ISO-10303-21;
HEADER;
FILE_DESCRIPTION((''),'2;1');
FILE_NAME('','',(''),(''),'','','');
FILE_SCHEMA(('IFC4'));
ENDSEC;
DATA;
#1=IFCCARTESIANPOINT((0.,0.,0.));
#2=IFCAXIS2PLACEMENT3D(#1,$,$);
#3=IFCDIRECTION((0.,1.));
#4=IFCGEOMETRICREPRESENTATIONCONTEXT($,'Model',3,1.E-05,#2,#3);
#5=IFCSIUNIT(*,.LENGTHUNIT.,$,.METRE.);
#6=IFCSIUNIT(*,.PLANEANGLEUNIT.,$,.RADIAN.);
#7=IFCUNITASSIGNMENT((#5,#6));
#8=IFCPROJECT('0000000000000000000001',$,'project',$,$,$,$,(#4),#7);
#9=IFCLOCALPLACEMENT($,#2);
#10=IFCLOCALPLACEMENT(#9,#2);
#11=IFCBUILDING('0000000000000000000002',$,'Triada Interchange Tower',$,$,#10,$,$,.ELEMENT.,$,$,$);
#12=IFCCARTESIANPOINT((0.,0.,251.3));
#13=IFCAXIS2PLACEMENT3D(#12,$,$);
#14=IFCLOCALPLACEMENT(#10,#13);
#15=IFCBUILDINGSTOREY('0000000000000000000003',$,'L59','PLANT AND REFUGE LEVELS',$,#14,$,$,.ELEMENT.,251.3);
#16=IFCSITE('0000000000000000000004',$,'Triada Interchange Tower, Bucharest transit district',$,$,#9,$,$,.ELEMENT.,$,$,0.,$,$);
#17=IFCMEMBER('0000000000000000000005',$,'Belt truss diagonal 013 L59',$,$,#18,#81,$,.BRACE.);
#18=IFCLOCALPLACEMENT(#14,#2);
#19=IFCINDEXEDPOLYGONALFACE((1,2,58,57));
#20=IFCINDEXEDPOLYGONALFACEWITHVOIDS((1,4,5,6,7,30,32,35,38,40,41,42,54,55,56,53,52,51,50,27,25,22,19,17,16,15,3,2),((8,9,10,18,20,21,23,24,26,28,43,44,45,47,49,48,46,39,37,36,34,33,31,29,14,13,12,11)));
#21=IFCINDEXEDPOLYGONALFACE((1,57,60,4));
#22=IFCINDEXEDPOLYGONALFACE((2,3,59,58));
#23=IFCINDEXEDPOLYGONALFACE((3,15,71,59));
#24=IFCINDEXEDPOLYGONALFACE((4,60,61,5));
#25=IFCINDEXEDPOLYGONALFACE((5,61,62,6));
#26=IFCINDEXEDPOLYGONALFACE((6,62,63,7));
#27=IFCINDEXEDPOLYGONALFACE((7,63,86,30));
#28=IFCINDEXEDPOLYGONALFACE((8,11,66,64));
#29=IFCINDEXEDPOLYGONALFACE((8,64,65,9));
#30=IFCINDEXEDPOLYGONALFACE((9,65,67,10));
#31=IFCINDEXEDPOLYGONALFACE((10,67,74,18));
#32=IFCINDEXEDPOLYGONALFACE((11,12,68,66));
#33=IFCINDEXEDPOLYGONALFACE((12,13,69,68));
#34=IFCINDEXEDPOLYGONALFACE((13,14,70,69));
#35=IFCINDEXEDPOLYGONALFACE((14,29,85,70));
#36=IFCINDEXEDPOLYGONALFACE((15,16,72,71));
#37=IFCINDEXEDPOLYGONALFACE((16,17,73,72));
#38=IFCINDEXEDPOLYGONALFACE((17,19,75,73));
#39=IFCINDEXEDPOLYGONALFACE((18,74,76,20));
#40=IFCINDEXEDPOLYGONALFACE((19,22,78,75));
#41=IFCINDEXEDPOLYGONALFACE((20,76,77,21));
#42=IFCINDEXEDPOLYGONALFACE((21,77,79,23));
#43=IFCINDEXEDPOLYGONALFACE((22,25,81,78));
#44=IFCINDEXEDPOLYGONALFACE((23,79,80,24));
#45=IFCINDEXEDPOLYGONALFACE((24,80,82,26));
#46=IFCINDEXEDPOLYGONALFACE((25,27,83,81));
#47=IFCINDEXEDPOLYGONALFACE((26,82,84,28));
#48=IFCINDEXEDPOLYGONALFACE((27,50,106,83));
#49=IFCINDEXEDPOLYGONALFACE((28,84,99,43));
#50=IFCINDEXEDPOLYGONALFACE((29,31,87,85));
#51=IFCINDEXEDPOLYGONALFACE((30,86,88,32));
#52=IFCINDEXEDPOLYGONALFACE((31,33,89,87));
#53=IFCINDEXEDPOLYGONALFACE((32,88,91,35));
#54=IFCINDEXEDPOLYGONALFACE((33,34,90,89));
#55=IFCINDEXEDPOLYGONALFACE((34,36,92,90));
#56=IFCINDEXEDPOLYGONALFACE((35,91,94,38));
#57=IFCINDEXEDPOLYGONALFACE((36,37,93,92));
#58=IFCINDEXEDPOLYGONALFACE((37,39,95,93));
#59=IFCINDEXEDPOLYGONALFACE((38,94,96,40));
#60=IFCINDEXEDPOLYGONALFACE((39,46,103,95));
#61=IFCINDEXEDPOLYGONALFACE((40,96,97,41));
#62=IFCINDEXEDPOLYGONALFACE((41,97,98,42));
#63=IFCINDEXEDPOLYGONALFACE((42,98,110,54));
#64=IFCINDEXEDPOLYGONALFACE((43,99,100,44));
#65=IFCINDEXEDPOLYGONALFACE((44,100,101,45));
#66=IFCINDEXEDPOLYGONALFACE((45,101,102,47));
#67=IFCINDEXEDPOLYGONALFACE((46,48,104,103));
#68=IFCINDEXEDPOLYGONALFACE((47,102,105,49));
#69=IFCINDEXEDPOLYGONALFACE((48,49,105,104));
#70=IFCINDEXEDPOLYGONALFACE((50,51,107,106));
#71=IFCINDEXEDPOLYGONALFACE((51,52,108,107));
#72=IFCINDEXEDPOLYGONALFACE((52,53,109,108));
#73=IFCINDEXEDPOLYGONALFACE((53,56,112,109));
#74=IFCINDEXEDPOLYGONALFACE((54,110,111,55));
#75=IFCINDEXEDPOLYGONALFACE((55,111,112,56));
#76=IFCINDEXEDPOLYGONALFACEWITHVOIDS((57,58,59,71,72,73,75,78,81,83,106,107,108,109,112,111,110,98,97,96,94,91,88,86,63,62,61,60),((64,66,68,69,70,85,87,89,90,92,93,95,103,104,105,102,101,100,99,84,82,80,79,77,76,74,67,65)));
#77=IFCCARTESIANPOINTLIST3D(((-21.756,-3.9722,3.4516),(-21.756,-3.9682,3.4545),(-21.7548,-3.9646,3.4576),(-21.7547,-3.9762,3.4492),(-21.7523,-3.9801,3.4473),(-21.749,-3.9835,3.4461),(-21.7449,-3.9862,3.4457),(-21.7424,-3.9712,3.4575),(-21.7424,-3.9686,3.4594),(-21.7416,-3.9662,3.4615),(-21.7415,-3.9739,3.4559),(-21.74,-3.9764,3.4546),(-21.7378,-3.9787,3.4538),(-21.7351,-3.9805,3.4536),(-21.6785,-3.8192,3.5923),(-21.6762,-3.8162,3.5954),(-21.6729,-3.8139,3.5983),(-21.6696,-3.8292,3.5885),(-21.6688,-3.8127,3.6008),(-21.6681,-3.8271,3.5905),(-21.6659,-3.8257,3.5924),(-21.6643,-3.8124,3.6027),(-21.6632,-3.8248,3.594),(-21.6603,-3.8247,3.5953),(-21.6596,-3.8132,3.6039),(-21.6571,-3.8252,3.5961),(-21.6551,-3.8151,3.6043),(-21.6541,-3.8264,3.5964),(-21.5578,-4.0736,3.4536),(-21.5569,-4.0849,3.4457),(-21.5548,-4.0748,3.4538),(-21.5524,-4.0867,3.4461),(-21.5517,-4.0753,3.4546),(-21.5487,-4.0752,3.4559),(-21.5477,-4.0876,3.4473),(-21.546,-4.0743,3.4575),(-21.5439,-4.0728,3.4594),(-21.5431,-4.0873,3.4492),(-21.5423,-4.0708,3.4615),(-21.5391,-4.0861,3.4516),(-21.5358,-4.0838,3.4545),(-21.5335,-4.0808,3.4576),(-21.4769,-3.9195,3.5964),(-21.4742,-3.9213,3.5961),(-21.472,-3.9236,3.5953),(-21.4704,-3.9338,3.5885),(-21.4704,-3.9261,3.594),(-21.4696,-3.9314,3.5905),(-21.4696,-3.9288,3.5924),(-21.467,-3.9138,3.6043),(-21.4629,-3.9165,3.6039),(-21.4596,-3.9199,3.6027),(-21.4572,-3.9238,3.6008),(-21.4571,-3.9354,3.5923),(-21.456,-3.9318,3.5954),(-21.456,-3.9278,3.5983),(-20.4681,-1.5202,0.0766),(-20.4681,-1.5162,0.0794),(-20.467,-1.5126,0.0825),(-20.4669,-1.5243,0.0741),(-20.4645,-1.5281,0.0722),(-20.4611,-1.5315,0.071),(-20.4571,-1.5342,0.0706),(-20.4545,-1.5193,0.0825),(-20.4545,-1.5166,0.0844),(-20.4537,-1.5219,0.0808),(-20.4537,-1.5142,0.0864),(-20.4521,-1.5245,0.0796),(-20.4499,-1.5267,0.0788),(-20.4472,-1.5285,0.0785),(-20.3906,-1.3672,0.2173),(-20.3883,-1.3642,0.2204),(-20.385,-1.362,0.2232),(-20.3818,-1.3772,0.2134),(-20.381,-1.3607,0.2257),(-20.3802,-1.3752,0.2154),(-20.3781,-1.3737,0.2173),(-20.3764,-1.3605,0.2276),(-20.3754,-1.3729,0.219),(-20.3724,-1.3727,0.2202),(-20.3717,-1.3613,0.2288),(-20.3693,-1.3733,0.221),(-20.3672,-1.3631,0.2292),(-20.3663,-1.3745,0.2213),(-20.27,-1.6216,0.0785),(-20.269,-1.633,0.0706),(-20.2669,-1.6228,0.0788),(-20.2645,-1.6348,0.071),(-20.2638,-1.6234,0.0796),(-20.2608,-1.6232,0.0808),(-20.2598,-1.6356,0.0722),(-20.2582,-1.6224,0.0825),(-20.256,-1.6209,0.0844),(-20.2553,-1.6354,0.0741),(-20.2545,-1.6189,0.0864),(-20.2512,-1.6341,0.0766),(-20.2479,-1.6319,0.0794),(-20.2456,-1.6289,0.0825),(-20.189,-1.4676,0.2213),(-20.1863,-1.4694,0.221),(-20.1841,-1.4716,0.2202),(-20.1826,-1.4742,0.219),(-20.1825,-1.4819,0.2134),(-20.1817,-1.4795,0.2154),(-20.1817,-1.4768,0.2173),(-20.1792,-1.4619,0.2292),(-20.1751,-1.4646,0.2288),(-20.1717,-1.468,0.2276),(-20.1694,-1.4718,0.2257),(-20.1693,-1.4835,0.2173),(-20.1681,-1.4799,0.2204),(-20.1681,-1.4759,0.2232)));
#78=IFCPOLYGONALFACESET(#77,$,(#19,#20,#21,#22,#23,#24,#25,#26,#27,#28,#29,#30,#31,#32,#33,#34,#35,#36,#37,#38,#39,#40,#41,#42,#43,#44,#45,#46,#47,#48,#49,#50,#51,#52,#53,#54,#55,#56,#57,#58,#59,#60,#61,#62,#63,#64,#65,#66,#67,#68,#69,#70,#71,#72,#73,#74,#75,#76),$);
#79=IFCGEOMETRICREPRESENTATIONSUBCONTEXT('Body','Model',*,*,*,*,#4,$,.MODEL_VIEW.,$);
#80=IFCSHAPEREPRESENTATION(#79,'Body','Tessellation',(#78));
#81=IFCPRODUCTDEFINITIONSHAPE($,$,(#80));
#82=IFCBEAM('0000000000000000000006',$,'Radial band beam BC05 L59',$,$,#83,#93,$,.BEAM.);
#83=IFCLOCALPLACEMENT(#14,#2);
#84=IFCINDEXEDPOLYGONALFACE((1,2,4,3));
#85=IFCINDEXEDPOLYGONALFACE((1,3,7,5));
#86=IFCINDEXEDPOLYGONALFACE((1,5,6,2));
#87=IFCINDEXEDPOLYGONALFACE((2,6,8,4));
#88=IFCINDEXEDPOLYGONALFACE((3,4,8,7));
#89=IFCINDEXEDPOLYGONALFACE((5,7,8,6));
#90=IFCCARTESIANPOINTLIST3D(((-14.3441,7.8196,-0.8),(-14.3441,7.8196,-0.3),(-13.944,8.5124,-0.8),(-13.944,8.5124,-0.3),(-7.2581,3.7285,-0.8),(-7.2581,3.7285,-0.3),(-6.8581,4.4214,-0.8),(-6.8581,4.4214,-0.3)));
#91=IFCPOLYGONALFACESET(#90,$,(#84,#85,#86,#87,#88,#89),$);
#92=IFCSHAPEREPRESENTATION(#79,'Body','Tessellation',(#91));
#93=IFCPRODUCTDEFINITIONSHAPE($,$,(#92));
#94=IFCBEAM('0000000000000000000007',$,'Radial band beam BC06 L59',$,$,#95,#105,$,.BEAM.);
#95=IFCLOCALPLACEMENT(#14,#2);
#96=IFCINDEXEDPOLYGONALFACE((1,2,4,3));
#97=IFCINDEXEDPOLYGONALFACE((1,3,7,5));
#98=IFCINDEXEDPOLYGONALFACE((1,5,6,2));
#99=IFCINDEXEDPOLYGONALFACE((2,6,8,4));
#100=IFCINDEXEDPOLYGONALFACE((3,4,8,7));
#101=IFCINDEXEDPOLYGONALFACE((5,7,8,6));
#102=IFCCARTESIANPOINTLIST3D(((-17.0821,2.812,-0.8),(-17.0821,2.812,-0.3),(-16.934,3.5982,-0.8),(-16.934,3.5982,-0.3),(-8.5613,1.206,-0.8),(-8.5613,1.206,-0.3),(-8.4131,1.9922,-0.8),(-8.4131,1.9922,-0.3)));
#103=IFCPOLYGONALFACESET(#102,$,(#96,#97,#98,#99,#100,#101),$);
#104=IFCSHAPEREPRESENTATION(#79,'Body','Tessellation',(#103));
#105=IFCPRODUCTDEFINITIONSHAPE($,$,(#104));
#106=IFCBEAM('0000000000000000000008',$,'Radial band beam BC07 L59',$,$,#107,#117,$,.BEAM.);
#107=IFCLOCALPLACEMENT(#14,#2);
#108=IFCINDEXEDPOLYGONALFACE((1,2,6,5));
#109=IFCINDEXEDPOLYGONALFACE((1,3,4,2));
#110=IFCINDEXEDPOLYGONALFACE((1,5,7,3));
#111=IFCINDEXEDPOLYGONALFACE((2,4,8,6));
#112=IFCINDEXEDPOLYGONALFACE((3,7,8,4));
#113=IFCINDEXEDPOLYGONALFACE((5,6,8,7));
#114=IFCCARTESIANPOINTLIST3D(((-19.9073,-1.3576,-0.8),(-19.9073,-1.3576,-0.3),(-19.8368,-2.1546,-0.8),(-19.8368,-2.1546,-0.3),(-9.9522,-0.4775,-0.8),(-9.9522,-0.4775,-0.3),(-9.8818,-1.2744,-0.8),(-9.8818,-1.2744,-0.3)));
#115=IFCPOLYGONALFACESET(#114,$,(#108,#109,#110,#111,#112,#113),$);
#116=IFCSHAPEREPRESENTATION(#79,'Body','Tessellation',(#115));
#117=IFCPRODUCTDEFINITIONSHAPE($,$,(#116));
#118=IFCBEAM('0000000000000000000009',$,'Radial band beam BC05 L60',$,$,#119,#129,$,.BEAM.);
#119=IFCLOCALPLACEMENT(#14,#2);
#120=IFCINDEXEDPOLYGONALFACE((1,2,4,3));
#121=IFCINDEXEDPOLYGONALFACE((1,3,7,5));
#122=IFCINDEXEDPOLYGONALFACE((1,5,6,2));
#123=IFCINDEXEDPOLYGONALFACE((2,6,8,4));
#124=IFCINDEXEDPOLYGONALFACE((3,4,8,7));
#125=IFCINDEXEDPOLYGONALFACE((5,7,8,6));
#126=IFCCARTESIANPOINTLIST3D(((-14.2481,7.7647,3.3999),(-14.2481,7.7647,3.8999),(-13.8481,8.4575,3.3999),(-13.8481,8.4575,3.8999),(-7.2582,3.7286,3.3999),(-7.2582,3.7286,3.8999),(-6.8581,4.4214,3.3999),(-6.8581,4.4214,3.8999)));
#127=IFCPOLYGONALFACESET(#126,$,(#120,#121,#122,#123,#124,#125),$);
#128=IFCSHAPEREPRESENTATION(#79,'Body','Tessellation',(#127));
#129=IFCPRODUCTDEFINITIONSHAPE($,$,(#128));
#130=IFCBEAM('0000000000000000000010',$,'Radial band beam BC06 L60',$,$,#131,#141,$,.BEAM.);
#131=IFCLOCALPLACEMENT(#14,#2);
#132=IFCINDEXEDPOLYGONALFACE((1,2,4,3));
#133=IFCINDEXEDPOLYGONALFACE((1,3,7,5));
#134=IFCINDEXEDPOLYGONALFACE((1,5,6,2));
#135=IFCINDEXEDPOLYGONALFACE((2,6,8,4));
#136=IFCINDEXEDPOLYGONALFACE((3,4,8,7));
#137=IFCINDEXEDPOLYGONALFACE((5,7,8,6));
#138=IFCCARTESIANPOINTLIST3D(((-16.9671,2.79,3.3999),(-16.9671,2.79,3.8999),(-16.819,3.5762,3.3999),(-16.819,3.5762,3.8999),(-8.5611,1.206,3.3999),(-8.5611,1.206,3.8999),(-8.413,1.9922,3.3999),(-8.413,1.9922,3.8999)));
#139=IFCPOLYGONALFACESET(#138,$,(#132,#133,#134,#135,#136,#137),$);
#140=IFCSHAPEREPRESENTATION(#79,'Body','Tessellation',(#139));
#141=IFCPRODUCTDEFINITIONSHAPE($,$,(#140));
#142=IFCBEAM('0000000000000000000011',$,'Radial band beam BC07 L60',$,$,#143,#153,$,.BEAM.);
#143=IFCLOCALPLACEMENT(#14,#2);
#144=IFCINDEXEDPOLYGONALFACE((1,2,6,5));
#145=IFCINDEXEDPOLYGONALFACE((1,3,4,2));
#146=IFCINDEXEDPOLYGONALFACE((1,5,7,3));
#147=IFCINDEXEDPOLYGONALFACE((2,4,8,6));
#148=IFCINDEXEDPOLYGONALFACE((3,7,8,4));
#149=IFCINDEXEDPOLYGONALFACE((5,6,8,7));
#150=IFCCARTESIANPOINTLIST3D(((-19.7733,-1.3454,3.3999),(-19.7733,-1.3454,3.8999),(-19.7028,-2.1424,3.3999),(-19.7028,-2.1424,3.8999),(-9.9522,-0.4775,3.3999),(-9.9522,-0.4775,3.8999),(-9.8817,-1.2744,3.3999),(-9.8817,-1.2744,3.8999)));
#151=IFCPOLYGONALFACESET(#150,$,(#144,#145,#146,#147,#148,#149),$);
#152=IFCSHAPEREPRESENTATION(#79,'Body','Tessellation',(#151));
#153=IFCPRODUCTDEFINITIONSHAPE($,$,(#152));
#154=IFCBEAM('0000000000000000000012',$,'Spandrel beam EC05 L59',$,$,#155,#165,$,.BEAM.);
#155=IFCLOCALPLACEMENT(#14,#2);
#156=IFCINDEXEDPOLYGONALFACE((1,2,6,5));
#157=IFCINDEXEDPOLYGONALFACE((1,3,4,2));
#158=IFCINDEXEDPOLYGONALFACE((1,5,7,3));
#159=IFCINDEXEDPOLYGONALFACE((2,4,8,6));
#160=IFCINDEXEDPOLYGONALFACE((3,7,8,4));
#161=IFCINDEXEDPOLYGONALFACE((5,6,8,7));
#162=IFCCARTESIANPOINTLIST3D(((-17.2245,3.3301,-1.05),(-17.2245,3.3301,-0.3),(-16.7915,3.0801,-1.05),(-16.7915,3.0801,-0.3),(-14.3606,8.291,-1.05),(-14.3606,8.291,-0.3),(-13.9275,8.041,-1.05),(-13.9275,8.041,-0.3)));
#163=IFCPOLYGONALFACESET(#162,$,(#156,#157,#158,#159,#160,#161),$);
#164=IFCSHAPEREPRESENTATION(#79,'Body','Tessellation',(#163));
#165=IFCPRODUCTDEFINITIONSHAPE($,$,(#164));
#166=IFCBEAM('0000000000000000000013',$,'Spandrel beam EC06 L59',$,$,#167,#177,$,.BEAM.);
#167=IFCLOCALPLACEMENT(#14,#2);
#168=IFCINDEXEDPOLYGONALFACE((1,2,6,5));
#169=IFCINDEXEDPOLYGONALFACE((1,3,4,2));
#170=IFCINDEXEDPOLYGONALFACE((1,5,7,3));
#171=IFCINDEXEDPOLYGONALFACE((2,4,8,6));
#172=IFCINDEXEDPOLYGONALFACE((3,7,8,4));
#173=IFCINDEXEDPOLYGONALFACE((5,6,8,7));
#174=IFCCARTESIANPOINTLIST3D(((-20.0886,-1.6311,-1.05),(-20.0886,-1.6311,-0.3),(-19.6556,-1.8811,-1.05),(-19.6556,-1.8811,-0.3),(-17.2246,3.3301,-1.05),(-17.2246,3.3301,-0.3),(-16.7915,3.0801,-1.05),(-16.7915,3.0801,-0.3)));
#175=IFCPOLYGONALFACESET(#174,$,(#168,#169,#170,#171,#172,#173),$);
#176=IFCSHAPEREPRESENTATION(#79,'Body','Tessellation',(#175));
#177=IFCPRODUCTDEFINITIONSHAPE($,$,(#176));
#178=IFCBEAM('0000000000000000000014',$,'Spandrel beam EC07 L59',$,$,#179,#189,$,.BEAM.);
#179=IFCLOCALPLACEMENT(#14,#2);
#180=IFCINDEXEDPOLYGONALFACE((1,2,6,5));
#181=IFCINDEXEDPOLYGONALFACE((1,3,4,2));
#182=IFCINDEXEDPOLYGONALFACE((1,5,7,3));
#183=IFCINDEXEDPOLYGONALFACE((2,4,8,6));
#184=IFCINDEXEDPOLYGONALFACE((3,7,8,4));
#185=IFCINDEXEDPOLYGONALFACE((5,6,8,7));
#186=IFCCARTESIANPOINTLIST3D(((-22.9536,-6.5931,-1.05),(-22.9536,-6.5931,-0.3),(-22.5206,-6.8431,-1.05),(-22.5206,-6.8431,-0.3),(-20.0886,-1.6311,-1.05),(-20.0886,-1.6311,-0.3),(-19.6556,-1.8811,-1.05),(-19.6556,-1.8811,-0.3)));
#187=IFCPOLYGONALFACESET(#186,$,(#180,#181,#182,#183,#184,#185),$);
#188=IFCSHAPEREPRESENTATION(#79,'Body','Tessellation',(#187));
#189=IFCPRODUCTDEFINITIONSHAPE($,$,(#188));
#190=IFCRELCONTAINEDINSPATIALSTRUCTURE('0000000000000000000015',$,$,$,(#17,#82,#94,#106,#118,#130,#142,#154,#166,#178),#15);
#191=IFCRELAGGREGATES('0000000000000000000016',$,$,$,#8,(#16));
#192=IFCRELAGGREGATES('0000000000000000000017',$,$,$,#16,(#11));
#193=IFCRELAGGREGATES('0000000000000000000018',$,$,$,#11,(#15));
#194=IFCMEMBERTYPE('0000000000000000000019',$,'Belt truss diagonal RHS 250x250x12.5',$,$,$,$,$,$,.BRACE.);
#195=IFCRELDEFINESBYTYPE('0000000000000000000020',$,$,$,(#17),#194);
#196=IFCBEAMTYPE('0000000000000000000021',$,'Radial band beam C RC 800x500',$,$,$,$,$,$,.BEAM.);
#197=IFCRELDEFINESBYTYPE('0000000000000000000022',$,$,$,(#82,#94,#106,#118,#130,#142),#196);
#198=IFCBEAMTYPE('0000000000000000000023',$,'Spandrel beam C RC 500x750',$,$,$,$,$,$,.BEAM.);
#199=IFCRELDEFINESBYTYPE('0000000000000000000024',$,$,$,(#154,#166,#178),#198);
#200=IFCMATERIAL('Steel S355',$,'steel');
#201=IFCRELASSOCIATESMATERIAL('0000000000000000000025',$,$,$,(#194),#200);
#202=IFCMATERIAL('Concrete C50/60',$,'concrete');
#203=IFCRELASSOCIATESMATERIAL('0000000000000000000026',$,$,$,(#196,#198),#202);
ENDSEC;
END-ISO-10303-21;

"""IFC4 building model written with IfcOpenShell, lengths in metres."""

from ifc_helpers import new_model, si_unit, direction, frame, origin, origin_2d, place, context, subcontext, project, spatial, rectangle, hollow_rectangle, extrude, material, material_profile, profile_set, type_object, element, save


model = new_model("IFC4")

# Units and contexts
model_context = context("Model", 3, precision=1e-05, world=origin(), true_north=direction((0.0, 1.0)))
body_context = subcontext(model_context, "Body", "Model", "MODEL_VIEW")
ifc_project = project(units=[si_unit("LENGTHUNIT", "METRE"), si_unit("PLANEANGLEUNIT", "RADIAN")], contexts=[model_context])

# Site, building, storey
site_placement = place(None, origin())
site = spatial("IfcSite", under=ifc_project, at=site_placement, Name="Triada Interchange Tower, Bucharest transit district", CompositionType="ELEMENT", RefElevation=0.0)
building_placement = place(site_placement, origin())
building = spatial("IfcBuilding", under=site, at=building_placement, Name="Triada Interchange Tower", CompositionType="ELEMENT")
storey_placement = place(building_placement, frame((0.0, 0.0, 251.3)))
storey = spatial("IfcBuildingStorey", under=building, at=storey_placement, Name="L59", Description="PLANT AND REFUGE LEVELS", CompositionType="ELEMENT", Elevation=251.3)

# Shared definitions
ifc_material_1 = material(Name="Concrete C50/60", Category="concrete")

# Member
ifc_material_2 = material(Name="Steel S355", Category="steel")
ifc_material_profile_1 = material_profile(ifc_material_2, hollow_rectangle(XDim=0.25, YDim=0.25, WallThickness=0.0125, InnerFilletRadius=0.0125, OuterFilletRadius=0.0188, at=origin_2d()), Name="RHS 250x250x12.5")
ifc_profile_set_1 = profile_set([ifc_material_profile_1], Name="Steel S355")
member_type = type_object("IfcMemberType", Name="Belt truss diagonal RHS 250x250x12.5", PredefinedType="BRACE", material=ifc_profile_set_1)
member_1_placement = place(storey_placement, frame((-20.3181, -1.498, 0.1499), z_axis=(-0.294978, -0.561605, 0.773038), x_axis=(0.88531, -0.465001, 0.0)))
element("IfcMember", 1, at=member_1_placement, inside=storey, type_object=member_type, Name="Belt truss diagonal 013 L59", PredefinedType="BRACE", context=body_context, shape_type="SweptSolid", body=[
    extrude(hollow_rectangle(XDim=0.25, YDim=0.25, WallThickness=0.0125, InnerFilletRadius=0.0125, OuterFilletRadius=0.0188, at=origin_2d()), origin(), (0.0, 0.0, 1.0), 4.366),
])

# Beams
ifc_material_profile_2 = material_profile(ifc_material_1, rectangle(XDim=0.8, YDim=0.5, at=origin_2d()), Name="RC 800x500")
ifc_profile_set_2 = profile_set([ifc_material_profile_2], Name="Concrete C50/60")
beam_type_1 = type_object("IfcBeamType", Name="Radial band beam C RC 800x500", PredefinedType="BEAM", material=ifc_profile_set_2)
beam_1_placement = place(storey_placement, frame((-14.144, 8.166, -0.55), z_axis=(0.866026, -0.5, 0.0), x_axis=(0.5, 0.866026, 0.0)))
element("IfcBeam", 2, at=beam_1_placement, inside=storey, type_object=beam_type_1, Name="Radial band beam BC05 L59", PredefinedType="BEAM", context=body_context, shape_type="SweptSolid", body=[
    extrude(rectangle(XDim=0.8, YDim=0.5, at=origin_2d()), origin(), (0.0, 0.0, 1.0), 8.1821),
])
beam_2_placement = place(storey_placement, frame((-17.0081, 3.2051, -0.55), z_axis=(0.982699, -0.18521, 0.0), x_axis=(0.18521, 0.982699, 0.0)))
element("IfcBeam", 3, at=beam_2_placement, inside=storey, type_object=beam_type_1, Name="Radial band beam BC06 L59", PredefinedType="BEAM", context=body_context, shape_type="SweptSolid", body=[
    extrude(rectangle(XDim=0.8, YDim=0.5, at=origin_2d()), origin(), (0.0, 0.0, 1.0), 8.6709),
])
beam_3_placement = place(storey_placement, frame((-19.8721, -1.7561, -0.55), z_axis=(0.996115, 0.088066, 0.0), x_axis=(-0.088066, 0.996115, 0.0)))
element("IfcBeam", 4, at=beam_3_placement, inside=storey, type_object=beam_type_1, Name="Radial band beam BC07 L59", PredefinedType="BEAM", context=body_context, shape_type="SweptSolid", body=[
    extrude(rectangle(XDim=0.8, YDim=0.5, at=origin_2d()), origin(), (0.0, 0.0, 1.0), 9.9939),
])
beam_4_placement = place(storey_placement, frame((-14.0481, 8.1111, 3.6499), z_axis=(0.866001, -0.500043, 0.0), x_axis=(0.500043, 0.866001, 0.0)))
element("IfcBeam", 5, at=beam_4_placement, inside=storey, type_object=beam_type_1, Name="Radial band beam BC05 L60", PredefinedType="BEAM", context=body_context, shape_type="SweptSolid", body=[
    extrude(rectangle(XDim=0.8, YDim=0.5, at=origin_2d()), origin(), (0.0, 0.0, 1.0), 8.0715),
])
beam_5_placement = place(storey_placement, frame((-16.8931, 3.1831, 3.6499), z_axis=(0.982705, -0.185176, 0.0), x_axis=(0.185176, 0.982705, 0.0)))
element("IfcBeam", 6, at=beam_5_placement, inside=storey, type_object=beam_type_1, Name="Radial band beam BC06 L60", PredefinedType="BEAM", context=body_context, shape_type="SweptSolid", body=[
    extrude(rectangle(XDim=0.8, YDim=0.5, at=origin_2d()), origin(), (0.0, 0.0, 1.0), 8.554),
])
beam_6_placement = place(storey_placement, frame((-19.738, -1.7439, 3.6499), z_axis=(0.996118, 0.08803, 0.0), x_axis=(-0.08803, 0.996118, 0.0)))
element("IfcBeam", 7, at=beam_6_placement, inside=storey, type_object=beam_type_1, Name="Radial band beam BC07 L60", PredefinedType="BEAM", context=body_context, shape_type="SweptSolid", body=[
    extrude(rectangle(XDim=0.8, YDim=0.5, at=origin_2d()), origin(), (0.0, 0.0, 1.0), 9.8594),
])
ifc_material_profile_3 = material_profile(ifc_material_1, rectangle(XDim=0.5, YDim=0.75, at=origin_2d()), Name="RC 500x750")
ifc_profile_set_3 = profile_set([ifc_material_profile_3], Name="Concrete C50/60")
beam_type_2 = type_object("IfcBeamType", Name="Spandrel beam C RC 500x750", PredefinedType="BEAM", material=ifc_profile_set_3)
beam_7_placement = place(storey_placement, frame((-14.144, 8.166, -0.675), z_axis=(-0.499976, -0.866039, 0.0), x_axis=(0.866039, -0.499976, 0.0)))
element("IfcBeam", 8, at=beam_7_placement, inside=storey, type_object=beam_type_2, Name="Spandrel beam EC05 L59", PredefinedType="BEAM", context=body_context, shape_type="SweptSolid", body=[
    extrude(rectangle(XDim=0.5, YDim=0.75, at=origin_2d()), origin(), (0.0, 0.0, 1.0), 5.7283),
])
beam_8_placement = place(storey_placement, frame((-17.0081, 3.2051, -0.675), z_axis=(-0.499957, -0.86605, 0.0), x_axis=(0.86605, -0.499957, 0.0)))
element("IfcBeam", 9, at=beam_8_placement, inside=storey, type_object=beam_type_2, Name="Spandrel beam EC06 L59", PredefinedType="BEAM", context=body_context, shape_type="SweptSolid", body=[
    extrude(rectangle(XDim=0.5, YDim=0.75, at=origin_2d()), origin(), (0.0, 0.0, 1.0), 5.7285),
])
beam_9_placement = place(storey_placement, frame((-19.8721, -1.7561, -0.675), z_axis=(-0.50003, -0.866008, 0.0), x_axis=(0.866008, -0.50003, 0.0)))
element("IfcBeam", 10, at=beam_9_placement, inside=storey, type_object=beam_type_2, Name="Spandrel beam EC07 L59", PredefinedType="BEAM", context=body_context, shape_type="SweptSolid", body=[
    extrude(rectangle(XDim=0.5, YDim=0.75, at=origin_2d()), origin(), (0.0, 0.0, 1.0), 5.7297),
])

save(model, "model.ifc")
